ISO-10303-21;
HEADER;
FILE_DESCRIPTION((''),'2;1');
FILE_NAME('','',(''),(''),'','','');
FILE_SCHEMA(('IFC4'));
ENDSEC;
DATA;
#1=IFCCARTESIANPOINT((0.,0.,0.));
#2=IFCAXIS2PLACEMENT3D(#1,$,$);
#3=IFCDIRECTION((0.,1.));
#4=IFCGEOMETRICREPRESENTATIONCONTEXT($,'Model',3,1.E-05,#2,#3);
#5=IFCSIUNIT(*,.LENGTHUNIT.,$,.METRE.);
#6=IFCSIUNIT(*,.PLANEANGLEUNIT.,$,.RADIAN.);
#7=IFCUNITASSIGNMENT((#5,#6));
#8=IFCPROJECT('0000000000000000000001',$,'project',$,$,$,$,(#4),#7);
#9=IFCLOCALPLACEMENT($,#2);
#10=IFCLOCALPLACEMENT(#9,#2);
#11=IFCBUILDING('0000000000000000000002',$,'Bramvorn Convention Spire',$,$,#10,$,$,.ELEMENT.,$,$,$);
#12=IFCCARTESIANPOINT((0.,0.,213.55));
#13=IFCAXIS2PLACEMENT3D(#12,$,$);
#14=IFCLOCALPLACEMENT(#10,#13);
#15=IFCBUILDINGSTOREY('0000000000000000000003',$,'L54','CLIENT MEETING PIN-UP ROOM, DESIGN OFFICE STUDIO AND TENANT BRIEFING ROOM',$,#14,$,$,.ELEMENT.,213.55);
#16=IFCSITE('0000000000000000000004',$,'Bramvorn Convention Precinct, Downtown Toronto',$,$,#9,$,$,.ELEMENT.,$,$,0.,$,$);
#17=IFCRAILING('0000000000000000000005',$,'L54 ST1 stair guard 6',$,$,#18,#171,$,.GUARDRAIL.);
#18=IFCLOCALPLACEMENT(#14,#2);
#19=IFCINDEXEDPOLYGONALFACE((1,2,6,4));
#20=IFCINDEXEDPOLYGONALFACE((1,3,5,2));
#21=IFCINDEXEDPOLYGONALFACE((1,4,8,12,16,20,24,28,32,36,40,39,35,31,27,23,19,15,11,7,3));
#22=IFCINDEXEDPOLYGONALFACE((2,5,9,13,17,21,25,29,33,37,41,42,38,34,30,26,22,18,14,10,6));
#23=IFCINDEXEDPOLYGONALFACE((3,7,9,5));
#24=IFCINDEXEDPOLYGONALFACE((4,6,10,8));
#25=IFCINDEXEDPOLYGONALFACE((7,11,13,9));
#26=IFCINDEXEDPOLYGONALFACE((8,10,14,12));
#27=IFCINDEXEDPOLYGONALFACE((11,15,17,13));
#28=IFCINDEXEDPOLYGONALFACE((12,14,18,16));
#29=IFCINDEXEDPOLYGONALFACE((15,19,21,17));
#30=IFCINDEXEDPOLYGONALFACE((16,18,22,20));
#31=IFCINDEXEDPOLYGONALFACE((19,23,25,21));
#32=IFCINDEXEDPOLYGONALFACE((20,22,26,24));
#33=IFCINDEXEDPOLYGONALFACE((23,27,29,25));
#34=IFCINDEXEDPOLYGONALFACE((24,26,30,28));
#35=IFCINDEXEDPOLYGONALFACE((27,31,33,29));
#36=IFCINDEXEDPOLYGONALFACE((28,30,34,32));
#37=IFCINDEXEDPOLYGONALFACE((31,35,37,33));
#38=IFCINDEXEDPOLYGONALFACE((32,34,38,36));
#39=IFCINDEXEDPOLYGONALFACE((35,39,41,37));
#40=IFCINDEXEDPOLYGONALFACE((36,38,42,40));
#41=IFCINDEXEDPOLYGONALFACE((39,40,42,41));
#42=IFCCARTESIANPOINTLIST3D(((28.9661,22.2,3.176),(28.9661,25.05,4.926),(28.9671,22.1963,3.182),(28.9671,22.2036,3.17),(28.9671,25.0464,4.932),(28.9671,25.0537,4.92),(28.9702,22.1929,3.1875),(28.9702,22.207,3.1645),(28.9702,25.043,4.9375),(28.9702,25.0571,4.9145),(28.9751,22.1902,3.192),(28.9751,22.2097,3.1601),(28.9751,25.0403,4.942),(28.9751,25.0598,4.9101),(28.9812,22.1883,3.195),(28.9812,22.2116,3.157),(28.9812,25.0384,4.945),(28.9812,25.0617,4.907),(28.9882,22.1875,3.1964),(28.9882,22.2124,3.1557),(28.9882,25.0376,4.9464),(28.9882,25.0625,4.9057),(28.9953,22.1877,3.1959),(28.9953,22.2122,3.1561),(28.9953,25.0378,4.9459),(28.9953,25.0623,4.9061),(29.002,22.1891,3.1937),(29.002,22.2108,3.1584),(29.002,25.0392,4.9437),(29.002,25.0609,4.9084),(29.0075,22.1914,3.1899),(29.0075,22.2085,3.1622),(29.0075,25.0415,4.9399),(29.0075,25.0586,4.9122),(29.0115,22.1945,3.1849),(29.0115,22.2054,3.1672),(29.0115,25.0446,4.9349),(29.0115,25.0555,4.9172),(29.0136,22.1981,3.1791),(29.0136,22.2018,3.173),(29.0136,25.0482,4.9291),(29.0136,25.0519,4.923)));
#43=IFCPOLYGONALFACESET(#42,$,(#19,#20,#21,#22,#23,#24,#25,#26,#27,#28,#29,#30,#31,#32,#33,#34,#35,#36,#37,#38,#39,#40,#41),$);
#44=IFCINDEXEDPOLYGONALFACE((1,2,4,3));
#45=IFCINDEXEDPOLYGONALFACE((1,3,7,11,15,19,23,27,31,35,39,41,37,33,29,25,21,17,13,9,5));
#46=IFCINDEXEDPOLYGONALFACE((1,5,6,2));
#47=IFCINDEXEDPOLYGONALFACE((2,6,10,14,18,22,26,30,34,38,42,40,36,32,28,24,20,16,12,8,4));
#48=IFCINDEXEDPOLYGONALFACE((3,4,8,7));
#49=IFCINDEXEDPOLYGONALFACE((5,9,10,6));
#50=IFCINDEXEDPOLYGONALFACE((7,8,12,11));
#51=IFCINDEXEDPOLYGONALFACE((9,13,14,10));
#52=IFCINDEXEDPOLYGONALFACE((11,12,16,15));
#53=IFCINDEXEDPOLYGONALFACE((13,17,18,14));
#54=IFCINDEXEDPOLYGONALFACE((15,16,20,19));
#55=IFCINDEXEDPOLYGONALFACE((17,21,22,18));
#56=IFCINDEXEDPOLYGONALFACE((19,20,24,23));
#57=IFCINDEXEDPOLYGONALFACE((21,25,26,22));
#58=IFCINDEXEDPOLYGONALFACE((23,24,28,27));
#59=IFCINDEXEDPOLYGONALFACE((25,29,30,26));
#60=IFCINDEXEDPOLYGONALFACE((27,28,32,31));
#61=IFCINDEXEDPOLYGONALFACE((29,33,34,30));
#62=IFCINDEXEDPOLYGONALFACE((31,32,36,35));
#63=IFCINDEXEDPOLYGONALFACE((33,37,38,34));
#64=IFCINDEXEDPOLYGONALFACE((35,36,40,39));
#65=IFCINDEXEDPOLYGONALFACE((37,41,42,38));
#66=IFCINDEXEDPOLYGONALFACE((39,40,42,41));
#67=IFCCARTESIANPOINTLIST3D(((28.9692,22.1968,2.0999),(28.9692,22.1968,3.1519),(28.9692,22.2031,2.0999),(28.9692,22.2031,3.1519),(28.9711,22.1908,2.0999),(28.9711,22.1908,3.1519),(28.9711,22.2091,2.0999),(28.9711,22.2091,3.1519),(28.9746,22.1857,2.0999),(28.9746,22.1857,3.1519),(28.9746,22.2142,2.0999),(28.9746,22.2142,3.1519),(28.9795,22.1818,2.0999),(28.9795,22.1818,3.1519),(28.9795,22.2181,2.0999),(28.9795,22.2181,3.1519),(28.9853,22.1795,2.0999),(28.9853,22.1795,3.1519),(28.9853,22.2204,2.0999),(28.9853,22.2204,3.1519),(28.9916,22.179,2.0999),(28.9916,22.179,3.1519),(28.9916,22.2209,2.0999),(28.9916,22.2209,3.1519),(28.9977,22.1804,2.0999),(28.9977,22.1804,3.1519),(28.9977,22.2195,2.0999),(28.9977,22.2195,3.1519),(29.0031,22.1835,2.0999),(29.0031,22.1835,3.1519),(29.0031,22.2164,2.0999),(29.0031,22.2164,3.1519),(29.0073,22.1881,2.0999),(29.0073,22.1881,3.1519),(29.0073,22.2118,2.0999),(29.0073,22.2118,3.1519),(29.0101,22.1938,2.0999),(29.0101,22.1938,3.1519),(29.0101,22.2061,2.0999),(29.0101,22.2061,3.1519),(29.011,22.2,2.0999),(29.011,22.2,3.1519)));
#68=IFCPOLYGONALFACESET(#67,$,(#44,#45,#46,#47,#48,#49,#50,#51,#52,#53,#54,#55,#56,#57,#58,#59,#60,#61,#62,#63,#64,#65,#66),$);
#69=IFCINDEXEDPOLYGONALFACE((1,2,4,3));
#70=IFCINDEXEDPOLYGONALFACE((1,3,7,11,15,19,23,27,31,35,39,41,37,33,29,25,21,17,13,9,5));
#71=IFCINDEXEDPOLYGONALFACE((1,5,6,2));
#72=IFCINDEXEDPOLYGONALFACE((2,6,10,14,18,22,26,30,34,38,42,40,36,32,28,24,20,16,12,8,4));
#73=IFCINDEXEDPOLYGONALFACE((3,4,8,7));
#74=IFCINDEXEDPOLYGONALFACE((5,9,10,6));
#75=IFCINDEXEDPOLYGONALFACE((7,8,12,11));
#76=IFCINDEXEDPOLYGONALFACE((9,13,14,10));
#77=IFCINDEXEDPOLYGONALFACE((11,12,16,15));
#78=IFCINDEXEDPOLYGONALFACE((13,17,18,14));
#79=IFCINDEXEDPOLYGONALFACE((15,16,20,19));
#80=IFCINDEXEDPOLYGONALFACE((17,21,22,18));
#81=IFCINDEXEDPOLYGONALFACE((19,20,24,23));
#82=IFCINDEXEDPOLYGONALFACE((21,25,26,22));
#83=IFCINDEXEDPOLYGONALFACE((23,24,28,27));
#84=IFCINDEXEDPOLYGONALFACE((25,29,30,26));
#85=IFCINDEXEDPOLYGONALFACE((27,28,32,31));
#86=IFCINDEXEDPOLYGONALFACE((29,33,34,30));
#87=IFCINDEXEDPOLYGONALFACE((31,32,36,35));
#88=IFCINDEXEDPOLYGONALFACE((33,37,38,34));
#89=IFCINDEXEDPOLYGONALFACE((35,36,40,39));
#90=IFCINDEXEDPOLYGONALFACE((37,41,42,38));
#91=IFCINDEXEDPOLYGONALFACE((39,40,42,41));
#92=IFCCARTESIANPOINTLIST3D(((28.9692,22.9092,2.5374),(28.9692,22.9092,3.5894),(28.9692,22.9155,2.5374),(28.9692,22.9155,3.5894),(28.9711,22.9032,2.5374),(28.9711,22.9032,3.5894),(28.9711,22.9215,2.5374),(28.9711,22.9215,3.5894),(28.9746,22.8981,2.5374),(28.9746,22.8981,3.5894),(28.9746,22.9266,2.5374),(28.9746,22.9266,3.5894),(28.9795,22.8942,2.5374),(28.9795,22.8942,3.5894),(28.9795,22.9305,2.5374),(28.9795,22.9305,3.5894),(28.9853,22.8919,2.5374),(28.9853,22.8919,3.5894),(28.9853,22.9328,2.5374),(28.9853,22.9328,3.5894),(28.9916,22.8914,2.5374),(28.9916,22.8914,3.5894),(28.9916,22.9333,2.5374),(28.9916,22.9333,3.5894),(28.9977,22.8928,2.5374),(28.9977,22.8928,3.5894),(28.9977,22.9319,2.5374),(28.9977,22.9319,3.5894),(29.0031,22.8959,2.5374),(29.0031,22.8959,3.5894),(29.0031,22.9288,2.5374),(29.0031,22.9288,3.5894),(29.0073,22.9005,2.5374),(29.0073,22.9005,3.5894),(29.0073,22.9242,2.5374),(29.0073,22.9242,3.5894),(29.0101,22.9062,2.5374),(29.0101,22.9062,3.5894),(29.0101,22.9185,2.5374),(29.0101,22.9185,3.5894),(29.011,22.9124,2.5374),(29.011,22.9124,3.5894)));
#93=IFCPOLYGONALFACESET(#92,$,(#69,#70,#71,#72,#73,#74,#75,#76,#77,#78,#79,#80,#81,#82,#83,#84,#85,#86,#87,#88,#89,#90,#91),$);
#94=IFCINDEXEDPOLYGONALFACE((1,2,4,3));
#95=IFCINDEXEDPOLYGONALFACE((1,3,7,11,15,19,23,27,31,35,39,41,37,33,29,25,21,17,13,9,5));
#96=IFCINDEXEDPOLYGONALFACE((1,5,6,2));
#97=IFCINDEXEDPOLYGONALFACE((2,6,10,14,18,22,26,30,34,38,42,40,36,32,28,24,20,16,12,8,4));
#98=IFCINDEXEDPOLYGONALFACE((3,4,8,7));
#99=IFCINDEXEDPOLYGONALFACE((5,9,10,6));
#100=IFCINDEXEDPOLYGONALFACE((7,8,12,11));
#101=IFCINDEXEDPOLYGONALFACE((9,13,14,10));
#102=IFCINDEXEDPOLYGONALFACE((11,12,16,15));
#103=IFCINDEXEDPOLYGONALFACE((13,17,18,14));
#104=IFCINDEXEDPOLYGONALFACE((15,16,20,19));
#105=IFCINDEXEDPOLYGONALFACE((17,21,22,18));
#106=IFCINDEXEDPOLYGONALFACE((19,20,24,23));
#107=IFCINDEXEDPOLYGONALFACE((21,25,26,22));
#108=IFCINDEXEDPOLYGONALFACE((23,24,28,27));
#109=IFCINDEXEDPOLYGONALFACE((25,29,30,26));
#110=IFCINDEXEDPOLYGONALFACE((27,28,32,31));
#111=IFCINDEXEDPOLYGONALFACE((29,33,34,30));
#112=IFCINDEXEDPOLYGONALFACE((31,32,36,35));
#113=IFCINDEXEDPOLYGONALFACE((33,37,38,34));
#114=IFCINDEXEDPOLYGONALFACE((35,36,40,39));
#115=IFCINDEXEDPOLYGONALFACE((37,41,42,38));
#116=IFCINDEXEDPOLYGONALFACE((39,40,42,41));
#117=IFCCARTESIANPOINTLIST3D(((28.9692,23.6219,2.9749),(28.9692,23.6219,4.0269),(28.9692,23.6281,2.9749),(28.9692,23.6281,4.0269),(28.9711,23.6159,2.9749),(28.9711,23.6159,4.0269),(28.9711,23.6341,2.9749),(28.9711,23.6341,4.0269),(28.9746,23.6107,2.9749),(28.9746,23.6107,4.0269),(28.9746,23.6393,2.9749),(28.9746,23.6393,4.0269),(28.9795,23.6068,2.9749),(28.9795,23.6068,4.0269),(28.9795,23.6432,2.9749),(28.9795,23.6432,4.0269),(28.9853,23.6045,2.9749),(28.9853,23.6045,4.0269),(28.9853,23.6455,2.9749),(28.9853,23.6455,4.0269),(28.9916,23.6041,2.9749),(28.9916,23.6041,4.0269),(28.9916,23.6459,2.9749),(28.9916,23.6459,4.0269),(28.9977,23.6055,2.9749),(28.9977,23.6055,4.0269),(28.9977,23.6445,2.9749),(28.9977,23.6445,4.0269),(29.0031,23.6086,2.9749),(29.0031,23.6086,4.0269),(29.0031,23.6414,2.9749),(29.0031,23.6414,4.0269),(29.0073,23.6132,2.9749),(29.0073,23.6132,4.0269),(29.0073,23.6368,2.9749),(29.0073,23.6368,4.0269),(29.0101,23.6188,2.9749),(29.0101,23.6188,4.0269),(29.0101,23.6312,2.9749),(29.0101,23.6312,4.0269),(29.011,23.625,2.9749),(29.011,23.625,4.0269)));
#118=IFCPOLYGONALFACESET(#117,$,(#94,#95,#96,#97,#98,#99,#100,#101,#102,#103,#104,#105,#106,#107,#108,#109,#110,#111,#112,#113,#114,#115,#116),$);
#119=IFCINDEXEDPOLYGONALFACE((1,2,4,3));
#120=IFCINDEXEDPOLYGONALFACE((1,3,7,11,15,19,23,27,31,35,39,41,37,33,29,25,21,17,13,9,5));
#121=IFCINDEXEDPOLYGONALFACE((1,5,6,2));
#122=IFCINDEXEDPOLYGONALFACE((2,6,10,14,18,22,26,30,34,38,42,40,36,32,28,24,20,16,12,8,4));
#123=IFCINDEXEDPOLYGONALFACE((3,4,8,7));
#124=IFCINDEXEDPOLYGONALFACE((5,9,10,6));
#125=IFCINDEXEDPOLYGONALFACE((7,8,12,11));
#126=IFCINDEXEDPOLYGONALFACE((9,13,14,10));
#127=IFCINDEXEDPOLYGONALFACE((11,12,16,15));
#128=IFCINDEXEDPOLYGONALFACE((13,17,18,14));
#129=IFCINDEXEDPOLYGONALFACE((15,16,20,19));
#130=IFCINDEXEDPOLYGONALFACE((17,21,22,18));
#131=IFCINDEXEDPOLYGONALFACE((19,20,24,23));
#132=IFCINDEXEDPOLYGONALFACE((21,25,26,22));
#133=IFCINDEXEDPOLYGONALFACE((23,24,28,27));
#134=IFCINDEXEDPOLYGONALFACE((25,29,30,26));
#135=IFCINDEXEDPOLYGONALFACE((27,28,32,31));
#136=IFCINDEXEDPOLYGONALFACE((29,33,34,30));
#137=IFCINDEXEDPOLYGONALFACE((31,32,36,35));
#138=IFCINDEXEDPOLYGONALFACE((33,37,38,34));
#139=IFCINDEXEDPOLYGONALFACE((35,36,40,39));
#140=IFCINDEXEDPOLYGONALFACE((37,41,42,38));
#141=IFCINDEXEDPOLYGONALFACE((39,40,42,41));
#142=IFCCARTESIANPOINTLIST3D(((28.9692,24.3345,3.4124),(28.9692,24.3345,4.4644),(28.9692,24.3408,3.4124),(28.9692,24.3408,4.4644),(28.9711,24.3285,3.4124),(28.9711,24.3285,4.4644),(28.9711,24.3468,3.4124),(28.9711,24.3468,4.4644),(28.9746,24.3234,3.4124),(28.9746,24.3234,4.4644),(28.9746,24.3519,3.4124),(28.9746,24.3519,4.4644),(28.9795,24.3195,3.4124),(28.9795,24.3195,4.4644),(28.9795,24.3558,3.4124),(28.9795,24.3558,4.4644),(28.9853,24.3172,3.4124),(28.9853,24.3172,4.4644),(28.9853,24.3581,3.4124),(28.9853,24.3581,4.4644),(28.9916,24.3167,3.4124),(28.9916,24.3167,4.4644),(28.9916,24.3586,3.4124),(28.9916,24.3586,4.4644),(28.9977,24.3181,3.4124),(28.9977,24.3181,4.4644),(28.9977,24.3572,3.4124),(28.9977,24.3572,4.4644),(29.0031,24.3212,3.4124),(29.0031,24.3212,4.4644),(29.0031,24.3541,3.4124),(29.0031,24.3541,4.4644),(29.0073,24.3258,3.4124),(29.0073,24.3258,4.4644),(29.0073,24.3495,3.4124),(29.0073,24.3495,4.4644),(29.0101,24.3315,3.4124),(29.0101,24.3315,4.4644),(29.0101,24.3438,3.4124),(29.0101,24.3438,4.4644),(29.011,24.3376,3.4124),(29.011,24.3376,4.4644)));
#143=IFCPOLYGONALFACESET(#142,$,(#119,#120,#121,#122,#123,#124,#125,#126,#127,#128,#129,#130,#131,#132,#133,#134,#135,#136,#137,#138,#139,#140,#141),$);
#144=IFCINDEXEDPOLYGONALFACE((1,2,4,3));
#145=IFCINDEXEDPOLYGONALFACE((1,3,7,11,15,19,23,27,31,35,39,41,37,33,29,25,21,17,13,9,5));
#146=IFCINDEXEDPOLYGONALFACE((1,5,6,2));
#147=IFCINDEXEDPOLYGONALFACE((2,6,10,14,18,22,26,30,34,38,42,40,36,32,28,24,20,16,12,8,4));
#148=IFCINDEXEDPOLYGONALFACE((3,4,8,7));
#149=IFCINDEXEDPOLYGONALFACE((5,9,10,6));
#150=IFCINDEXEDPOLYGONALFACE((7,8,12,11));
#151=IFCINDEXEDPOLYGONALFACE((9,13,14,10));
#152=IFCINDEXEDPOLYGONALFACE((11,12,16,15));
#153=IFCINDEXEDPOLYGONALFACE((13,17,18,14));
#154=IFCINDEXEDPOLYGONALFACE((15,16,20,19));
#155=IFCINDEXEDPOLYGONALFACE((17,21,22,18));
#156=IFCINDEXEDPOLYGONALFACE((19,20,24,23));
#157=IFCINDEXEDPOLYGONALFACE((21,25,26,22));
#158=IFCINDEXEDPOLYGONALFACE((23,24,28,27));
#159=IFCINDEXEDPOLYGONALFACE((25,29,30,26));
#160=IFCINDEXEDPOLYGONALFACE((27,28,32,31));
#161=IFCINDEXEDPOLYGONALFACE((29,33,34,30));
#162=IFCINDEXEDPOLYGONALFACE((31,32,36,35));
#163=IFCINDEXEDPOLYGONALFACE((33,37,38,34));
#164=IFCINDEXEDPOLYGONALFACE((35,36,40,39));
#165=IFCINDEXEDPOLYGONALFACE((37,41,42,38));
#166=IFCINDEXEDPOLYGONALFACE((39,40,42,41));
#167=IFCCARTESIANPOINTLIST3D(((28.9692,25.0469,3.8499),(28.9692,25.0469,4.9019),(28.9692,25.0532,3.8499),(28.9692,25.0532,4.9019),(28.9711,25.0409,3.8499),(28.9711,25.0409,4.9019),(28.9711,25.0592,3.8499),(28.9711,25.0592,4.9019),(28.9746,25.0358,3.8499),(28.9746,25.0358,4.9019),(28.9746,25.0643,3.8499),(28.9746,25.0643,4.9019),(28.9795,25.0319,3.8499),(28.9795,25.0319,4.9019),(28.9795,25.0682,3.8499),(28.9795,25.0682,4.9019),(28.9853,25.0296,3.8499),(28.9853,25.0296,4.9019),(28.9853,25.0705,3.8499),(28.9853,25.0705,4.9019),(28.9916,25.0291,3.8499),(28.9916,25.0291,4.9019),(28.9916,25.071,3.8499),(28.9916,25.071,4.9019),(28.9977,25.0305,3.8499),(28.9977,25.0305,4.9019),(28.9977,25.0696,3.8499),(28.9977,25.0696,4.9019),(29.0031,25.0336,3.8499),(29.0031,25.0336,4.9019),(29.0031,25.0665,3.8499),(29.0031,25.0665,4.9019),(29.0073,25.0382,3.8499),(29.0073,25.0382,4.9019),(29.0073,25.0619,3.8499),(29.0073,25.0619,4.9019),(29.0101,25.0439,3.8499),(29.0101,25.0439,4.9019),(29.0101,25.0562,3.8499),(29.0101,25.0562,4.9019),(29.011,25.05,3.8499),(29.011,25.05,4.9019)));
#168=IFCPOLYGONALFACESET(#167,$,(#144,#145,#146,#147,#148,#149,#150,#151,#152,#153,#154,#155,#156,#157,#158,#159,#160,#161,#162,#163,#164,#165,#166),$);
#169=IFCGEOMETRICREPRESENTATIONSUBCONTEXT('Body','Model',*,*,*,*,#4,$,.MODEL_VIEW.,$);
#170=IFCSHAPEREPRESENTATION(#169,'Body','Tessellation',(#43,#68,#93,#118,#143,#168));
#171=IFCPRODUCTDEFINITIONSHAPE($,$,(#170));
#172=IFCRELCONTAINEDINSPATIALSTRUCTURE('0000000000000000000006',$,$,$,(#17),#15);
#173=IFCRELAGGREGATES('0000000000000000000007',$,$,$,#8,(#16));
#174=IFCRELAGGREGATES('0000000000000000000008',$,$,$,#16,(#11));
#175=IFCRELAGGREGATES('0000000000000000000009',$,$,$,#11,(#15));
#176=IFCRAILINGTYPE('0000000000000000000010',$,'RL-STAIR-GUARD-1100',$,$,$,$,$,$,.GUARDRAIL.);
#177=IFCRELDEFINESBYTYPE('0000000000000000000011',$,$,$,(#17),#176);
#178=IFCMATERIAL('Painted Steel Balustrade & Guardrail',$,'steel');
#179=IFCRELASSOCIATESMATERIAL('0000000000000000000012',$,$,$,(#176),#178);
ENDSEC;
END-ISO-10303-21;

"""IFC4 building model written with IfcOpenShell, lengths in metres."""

from ifc_helpers import new_model, si_unit, direction, frame, origin, origin_2d, place, context, subcontext, project, spatial, circle, extrude, material, type_object, element, save


model = new_model("IFC4")

# Units and contexts
model_context = context("Model", 3, precision=1e-05, world=origin(), true_north=direction((0.0, 1.0)))
body_context = subcontext(model_context, "Body", "Model", "MODEL_VIEW")
ifc_project = project(units=[si_unit("LENGTHUNIT", "METRE"), si_unit("PLANEANGLEUNIT", "RADIAN")], contexts=[model_context])

# Site, building, storey
site_placement = place(None, origin())
site = spatial("IfcSite", under=ifc_project, at=site_placement, Name="Bramvorn Convention Precinct, Downtown Toronto", CompositionType="ELEMENT", RefElevation=0.0)
building_placement = place(site_placement, origin())
building = spatial("IfcBuilding", under=site, at=building_placement, Name="Bramvorn Convention Spire", CompositionType="ELEMENT")
storey_placement = place(building_placement, frame((0.0, 0.0, 213.55)))
storey = spatial("IfcBuildingStorey", under=building, at=storey_placement, Name="L54", Description="CLIENT MEETING PIN-UP ROOM, DESIGN OFFICE STUDIO AND TENANT BRIEFING ROOM", CompositionType="ELEMENT", Elevation=213.55)

# Railing
ifc_material_1 = material(Name="Painted Steel Balustrade & Guardrail", Category="steel")
railing_type_1 = type_object("IfcRailingType", Name="RL-STAIR-GUARD-1100", PredefinedType="GUARDRAIL", material=ifc_material_1)
railing_1_placement = place(storey_placement, frame((28.99, 22.2, 2.0999)))
element("IfcRailing", 1, at=railing_1_placement, inside=storey, type_object=railing_type_1, Name="L54 ST1 stair guard 6", PredefinedType="GUARDRAIL", context=body_context, shape_type="SweptSolid", body=[
    extrude(circle(Radius=0.0239, at=origin_2d()), frame((0.0, 0.0, 1.0762), z_axis=(0.0, 0.852179, 0.52325), x_axis=(-1.0, 0.0, 0.0)), (0.0, 0.0, 1.0), 3.3445),
    extrude(circle(Radius=0.021, at=origin_2d()), origin(), (0.0, 0.0, 1.0), 1.052),
    extrude(circle(Radius=0.021, at=origin_2d()), frame((0.0, 0.7124, 0.4375)), (0.0, 0.0, 1.0), 1.052),
    extrude(circle(Radius=0.021, at=origin_2d()), frame((0.0, 1.425, 0.875)), (0.0, 0.0, 1.0), 1.052),
    extrude(circle(Radius=0.021, at=origin_2d()), frame((0.0, 2.1377, 1.3125)), (0.0, 0.0, 1.0), 1.052),
    extrude(circle(Radius=0.021, at=origin_2d()), frame((0.0, 2.8501, 1.75)), (0.0, 0.0, 1.0), 1.052),
])

save(model, "model.ifc")
